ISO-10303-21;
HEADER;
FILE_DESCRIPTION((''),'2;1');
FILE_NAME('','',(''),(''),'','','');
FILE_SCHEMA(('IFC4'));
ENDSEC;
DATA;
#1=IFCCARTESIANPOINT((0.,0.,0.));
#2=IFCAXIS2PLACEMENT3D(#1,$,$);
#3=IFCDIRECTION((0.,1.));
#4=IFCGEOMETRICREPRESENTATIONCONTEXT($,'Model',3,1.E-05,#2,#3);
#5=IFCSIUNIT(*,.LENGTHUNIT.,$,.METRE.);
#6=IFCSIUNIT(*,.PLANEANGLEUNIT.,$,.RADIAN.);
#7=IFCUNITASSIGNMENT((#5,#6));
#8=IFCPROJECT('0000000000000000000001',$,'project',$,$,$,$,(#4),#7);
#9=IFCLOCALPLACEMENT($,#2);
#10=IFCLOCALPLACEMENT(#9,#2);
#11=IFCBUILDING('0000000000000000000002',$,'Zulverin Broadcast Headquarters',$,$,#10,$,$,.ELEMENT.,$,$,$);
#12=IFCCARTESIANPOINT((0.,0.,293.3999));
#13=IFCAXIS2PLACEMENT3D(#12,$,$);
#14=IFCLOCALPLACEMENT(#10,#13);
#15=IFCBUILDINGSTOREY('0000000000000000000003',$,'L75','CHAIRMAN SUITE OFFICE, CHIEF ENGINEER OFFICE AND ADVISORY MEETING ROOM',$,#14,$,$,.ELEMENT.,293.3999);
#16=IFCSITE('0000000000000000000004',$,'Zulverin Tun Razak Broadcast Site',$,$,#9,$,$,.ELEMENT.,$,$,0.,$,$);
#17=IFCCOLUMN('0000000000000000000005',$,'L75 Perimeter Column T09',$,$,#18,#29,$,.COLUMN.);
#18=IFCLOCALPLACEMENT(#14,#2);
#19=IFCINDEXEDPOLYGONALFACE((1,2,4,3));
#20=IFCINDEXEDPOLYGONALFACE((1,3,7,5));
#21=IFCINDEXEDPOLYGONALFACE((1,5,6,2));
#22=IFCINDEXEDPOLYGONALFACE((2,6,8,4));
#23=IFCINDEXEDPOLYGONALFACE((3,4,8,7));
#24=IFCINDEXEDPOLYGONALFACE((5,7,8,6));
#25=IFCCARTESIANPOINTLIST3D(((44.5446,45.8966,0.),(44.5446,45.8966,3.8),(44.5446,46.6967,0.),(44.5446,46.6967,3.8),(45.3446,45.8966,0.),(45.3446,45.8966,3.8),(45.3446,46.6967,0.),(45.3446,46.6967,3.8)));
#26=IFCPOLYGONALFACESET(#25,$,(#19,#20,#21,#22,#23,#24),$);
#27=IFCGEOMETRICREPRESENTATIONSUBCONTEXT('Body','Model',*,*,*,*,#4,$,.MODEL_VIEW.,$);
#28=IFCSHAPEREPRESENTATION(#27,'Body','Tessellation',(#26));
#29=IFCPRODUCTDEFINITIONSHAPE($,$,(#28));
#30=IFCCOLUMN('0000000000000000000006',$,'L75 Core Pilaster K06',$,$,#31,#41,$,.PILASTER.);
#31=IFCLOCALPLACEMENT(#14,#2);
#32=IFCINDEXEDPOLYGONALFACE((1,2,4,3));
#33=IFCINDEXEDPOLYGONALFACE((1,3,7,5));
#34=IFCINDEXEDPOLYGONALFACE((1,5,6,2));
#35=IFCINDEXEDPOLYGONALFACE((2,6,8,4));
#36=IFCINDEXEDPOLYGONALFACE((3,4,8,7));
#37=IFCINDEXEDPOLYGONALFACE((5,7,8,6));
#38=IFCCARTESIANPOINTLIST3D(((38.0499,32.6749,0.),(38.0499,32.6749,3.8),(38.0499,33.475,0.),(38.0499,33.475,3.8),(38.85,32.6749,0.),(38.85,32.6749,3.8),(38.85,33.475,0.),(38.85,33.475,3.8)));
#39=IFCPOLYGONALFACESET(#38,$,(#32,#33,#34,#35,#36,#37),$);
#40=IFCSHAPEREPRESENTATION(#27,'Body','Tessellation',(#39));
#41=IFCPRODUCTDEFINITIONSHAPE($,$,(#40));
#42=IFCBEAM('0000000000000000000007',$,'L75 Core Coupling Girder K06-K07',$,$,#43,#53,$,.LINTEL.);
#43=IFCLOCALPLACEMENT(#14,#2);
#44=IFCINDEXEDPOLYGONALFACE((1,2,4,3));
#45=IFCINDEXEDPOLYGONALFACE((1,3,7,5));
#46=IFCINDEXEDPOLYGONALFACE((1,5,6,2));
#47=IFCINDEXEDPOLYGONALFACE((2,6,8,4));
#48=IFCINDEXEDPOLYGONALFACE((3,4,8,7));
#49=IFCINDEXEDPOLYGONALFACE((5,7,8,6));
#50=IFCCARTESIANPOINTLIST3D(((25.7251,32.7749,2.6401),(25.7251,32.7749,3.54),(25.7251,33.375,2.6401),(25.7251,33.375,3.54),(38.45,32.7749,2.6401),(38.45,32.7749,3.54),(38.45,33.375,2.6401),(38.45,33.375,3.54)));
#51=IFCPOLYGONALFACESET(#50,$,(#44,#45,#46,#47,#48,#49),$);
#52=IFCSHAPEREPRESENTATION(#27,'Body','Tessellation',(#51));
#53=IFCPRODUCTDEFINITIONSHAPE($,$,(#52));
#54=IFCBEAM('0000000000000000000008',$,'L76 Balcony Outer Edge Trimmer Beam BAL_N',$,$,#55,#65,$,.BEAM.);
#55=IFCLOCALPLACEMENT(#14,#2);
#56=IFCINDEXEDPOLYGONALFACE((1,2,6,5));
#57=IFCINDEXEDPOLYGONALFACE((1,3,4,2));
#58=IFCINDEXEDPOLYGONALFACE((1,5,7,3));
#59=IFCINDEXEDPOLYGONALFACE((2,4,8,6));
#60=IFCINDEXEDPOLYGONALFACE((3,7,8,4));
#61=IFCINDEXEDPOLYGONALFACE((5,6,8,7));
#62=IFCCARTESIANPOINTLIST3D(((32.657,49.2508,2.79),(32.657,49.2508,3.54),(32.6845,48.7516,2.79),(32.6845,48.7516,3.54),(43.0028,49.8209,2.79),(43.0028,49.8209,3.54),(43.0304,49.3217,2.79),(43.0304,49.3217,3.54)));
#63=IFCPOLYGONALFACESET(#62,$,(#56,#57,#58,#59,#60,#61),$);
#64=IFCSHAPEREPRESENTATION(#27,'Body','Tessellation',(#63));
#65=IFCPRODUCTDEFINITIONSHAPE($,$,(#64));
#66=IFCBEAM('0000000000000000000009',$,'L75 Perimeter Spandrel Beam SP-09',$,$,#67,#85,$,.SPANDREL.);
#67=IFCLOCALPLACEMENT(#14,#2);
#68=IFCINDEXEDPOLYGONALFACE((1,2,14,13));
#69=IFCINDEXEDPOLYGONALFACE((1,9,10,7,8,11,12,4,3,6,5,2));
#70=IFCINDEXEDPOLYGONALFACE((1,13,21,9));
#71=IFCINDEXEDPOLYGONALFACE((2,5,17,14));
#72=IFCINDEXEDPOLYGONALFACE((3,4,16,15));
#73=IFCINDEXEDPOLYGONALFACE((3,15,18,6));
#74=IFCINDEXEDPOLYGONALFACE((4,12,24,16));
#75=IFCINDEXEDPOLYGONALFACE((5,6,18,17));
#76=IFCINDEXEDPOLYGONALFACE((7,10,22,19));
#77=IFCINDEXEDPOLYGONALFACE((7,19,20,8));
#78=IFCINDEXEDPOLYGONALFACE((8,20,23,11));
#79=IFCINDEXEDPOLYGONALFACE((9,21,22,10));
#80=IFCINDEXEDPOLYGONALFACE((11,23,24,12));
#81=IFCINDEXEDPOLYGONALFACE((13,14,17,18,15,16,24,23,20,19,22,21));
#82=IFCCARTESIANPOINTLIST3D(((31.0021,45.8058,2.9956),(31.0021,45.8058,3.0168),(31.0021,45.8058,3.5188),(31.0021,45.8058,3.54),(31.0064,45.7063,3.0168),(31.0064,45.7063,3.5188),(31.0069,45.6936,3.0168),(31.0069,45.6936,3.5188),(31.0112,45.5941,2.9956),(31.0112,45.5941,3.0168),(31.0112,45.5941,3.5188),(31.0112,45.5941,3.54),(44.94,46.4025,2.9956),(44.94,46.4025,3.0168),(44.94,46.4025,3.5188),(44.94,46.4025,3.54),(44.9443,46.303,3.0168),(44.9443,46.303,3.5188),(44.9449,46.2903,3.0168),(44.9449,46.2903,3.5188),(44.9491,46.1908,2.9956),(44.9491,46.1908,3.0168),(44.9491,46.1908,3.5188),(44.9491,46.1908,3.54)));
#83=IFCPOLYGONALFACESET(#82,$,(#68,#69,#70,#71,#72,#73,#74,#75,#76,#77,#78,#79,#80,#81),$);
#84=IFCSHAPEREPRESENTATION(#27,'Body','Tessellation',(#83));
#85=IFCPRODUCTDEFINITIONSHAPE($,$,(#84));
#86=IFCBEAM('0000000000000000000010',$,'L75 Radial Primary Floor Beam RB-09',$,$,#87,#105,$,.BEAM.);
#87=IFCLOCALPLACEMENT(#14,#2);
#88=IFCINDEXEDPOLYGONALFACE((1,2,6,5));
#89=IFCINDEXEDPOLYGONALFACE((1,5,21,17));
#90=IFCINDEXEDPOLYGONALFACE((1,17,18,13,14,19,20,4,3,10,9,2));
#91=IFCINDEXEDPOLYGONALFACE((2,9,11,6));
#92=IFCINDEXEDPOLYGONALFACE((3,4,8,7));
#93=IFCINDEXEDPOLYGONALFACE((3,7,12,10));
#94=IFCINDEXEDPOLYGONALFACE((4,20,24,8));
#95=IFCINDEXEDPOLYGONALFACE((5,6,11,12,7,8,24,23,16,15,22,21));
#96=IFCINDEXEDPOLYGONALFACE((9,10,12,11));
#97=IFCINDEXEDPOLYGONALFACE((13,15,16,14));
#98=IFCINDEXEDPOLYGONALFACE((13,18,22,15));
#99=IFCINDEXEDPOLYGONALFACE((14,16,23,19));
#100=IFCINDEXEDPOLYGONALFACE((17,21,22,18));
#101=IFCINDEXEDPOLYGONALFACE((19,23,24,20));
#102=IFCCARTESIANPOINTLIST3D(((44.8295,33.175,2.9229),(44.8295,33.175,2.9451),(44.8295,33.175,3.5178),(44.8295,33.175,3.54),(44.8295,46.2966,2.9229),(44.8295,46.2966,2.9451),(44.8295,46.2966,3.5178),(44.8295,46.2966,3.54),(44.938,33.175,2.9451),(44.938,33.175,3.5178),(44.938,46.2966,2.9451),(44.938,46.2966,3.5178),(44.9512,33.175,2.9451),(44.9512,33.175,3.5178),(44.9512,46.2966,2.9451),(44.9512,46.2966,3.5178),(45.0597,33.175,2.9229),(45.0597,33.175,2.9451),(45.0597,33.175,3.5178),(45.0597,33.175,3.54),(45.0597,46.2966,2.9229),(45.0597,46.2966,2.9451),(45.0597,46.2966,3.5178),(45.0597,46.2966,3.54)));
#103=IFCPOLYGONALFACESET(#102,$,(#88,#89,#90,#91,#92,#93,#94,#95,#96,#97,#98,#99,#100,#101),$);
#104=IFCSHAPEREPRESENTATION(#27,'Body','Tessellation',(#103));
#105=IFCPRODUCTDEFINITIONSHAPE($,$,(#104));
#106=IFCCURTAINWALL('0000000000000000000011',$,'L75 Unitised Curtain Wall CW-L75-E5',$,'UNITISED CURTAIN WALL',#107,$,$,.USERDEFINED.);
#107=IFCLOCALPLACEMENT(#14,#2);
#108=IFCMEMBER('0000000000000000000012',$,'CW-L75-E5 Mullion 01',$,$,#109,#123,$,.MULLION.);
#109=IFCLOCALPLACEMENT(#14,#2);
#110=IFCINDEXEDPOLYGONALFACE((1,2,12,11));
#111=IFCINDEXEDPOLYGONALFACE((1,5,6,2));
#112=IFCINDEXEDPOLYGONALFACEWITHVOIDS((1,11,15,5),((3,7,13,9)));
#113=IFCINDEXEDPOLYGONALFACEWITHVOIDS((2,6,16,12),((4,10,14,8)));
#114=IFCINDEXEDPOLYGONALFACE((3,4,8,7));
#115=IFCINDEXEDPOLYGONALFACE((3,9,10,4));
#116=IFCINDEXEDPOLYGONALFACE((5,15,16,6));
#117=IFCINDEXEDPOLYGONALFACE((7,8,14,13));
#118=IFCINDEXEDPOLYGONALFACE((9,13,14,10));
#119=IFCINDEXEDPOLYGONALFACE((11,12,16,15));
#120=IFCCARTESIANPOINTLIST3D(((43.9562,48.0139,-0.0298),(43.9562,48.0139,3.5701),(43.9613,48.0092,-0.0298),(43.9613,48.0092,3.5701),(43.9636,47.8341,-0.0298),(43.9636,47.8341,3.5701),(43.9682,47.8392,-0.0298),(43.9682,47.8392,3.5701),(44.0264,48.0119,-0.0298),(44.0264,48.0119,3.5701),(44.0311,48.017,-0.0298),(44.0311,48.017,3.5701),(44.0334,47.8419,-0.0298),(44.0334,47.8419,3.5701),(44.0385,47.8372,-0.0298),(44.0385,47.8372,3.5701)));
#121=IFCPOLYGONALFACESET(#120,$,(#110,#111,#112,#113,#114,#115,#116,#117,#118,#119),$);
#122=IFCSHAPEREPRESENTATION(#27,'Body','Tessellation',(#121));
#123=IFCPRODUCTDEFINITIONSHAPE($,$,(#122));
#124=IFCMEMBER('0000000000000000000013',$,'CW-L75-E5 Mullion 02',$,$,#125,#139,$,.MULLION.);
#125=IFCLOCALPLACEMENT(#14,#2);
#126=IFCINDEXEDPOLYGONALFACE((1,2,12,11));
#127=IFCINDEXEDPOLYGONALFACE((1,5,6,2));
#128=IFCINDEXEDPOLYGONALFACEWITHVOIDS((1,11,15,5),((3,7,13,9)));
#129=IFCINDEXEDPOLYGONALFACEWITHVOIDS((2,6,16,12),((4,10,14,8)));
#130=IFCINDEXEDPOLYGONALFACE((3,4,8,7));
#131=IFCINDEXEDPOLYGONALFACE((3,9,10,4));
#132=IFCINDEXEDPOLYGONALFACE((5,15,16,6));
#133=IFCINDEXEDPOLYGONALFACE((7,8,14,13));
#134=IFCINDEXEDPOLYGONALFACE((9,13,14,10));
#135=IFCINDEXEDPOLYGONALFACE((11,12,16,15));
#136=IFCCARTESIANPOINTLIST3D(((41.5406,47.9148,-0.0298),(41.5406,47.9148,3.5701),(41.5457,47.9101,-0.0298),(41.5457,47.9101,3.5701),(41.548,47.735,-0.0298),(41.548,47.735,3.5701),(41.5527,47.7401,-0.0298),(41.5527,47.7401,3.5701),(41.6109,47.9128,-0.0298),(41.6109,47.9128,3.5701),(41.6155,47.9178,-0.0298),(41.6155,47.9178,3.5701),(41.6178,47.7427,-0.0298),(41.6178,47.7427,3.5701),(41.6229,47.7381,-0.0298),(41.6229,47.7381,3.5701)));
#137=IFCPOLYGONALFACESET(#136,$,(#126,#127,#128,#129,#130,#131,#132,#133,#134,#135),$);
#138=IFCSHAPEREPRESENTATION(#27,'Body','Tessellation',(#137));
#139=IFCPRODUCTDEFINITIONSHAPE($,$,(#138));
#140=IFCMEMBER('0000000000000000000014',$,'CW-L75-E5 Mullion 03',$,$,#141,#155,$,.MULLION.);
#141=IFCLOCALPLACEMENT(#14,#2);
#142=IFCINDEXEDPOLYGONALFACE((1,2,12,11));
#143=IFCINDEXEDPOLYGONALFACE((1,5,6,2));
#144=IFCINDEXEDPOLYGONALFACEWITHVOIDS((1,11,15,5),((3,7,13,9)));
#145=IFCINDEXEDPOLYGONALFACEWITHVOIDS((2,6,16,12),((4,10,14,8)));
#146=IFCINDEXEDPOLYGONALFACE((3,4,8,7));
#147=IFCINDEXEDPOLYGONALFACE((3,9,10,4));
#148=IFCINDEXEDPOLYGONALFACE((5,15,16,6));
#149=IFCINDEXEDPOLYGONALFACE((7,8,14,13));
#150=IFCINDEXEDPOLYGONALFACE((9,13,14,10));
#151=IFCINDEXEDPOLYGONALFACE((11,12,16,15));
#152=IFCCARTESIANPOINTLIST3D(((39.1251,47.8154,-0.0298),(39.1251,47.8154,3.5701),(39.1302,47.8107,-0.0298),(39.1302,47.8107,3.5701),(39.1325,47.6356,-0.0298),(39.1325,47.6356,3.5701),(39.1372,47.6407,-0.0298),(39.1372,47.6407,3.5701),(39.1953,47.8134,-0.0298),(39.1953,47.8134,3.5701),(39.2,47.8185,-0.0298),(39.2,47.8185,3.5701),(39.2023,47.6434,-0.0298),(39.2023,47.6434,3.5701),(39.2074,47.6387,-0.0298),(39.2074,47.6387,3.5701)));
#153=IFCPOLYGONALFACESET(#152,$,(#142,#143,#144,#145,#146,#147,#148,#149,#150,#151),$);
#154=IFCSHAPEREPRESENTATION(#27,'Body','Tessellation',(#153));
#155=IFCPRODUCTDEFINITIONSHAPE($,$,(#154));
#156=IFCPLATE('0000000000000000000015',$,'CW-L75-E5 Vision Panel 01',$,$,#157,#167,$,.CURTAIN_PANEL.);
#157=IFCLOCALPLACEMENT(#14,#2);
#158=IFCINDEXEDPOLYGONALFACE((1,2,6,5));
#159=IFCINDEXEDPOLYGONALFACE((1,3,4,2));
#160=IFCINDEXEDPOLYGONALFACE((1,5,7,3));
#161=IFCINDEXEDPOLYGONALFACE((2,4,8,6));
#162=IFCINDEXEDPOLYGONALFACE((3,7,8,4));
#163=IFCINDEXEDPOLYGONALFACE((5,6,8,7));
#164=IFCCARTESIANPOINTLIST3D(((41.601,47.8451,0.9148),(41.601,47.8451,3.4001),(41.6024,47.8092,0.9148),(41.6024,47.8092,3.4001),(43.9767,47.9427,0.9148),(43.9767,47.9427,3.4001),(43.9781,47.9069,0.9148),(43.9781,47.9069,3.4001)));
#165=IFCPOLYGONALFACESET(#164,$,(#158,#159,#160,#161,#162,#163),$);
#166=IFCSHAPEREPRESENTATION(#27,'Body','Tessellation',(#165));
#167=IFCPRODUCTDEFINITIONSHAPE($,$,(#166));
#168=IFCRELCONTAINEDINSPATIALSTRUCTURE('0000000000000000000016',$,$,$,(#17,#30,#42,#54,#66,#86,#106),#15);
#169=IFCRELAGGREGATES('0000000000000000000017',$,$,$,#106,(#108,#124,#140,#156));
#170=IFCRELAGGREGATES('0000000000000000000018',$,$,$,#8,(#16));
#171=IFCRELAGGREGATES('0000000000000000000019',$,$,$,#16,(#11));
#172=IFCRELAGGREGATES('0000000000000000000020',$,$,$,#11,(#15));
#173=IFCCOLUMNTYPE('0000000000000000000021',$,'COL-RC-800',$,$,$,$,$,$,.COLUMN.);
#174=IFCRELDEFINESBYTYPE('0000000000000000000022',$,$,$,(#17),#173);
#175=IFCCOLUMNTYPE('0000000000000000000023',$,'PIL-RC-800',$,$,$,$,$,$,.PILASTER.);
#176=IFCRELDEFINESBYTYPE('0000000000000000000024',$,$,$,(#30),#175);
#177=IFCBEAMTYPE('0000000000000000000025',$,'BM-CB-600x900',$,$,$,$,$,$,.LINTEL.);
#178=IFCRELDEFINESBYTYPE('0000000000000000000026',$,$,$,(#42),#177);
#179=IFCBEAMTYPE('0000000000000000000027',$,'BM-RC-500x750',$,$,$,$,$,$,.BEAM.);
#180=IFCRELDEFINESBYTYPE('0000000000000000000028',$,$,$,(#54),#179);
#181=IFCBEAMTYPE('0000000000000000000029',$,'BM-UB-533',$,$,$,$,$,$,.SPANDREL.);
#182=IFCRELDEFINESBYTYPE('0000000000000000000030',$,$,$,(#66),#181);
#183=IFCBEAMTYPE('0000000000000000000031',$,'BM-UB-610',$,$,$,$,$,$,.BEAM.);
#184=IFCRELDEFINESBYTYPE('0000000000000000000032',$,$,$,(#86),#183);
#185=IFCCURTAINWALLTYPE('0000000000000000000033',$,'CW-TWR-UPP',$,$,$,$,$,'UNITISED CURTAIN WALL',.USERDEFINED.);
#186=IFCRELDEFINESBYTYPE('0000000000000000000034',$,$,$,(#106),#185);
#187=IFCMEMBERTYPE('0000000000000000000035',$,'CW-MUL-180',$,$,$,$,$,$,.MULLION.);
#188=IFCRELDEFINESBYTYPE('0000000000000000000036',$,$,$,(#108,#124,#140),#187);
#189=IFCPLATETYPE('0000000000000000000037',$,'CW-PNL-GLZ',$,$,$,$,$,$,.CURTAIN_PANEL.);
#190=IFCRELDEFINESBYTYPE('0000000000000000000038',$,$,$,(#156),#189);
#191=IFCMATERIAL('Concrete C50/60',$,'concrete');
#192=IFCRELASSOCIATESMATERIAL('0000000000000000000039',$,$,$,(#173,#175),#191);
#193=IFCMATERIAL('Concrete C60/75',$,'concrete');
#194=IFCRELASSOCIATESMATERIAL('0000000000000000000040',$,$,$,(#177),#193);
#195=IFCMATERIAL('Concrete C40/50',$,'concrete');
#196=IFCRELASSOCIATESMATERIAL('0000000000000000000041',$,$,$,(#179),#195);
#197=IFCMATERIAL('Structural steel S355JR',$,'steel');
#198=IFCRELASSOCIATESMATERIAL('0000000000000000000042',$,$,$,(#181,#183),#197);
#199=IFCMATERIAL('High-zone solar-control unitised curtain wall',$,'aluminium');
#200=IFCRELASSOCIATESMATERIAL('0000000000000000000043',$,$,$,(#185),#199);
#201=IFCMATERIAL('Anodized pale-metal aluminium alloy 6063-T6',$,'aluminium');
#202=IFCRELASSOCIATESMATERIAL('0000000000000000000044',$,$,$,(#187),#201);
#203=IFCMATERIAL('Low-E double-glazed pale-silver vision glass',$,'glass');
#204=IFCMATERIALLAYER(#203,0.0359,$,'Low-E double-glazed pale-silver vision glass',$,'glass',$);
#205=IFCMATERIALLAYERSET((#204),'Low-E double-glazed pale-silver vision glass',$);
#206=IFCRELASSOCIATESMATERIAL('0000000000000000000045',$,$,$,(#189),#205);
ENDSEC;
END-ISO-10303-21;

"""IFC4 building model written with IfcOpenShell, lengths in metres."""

from ifc_helpers import new_model, si_unit, direction, frame, origin, origin_2d, place, context, subcontext, project, spatial, rectangle, hollow_rectangle, i_section, extrude, material, layer, layer_set, material_profile, profile_set, type_object, element, aggregate, save


model = new_model("IFC4")

# Units and contexts
model_context = context("Model", 3, precision=1e-05, world=origin(), true_north=direction((0.0, 1.0)))
body_context = subcontext(model_context, "Body", "Model", "MODEL_VIEW")
ifc_project = project(units=[si_unit("LENGTHUNIT", "METRE"), si_unit("PLANEANGLEUNIT", "RADIAN")], contexts=[model_context])

# Site, building, storey
site_placement = place(None, origin())
site = spatial("IfcSite", under=ifc_project, at=site_placement, Name="Zulverin Tun Razak Broadcast Site", CompositionType="ELEMENT", RefElevation=0.0)
building_placement = place(site_placement, origin())
building = spatial("IfcBuilding", under=site, at=building_placement, Name="Zulverin Broadcast Headquarters", CompositionType="ELEMENT")
storey_placement = place(building_placement, frame((0.0, 0.0, 293.3999)))
storey = spatial("IfcBuildingStorey", under=building, at=storey_placement, Name="L75", Description="CHAIRMAN SUITE OFFICE, CHIEF ENGINEER OFFICE AND ADVISORY MEETING ROOM", CompositionType="ELEMENT", Elevation=293.3999)

# Columns
ifc_material_1 = material(Name="Concrete C50/60", Category="concrete")
ifc_material_profile_1 = material_profile(ifc_material_1, rectangle(XDim=0.8, YDim=0.8, at=origin_2d()), Name="Concrete C50/60", Category="concrete")
ifc_profile_set_1 = profile_set([ifc_material_profile_1], Name="Concrete C50/60")
column_type_1 = type_object("IfcColumnType", Name="COL-RC-800", PredefinedType="COLUMN", material=ifc_profile_set_1)
column_1_placement = place(storey_placement, frame((44.9446, 46.2966, 0.0), z_axis=(0.0, 0.0, 1.0), x_axis=(1.0, 0.0, 0.0)))
element("IfcColumn", 1, at=column_1_placement, inside=storey, type_object=column_type_1, Name="L75 Perimeter Column T09", PredefinedType="COLUMN", context=body_context, shape_type="SweptSolid", body=[
    extrude(rectangle(XDim=0.8, YDim=0.8, at=origin_2d()), origin(), (0.0, 0.0, 1.0), 3.8),
])
ifc_material_profile_2 = material_profile(ifc_material_1, rectangle(XDim=0.8, YDim=0.8, at=origin_2d()), Name="Concrete C50/60", Category="concrete")
ifc_profile_set_2 = profile_set([ifc_material_profile_2], Name="Concrete C50/60")
column_type_2 = type_object("IfcColumnType", Name="PIL-RC-800", PredefinedType="PILASTER", material=ifc_profile_set_2)
column_2_placement = place(storey_placement, frame((38.45, 33.075, 0.0), z_axis=(0.0, 0.0, 1.0), x_axis=(1.0, 0.0, 0.0)))
element("IfcColumn", 2, at=column_2_placement, inside=storey, type_object=column_type_2, Name="L75 Core Pilaster K06", PredefinedType="PILASTER", context=body_context, shape_type="SweptSolid", body=[
    extrude(rectangle(XDim=0.8, YDim=0.8, at=origin_2d()), origin(), (0.0, 0.0, 1.0), 3.8),
])

# Beams
ifc_material_2 = material(Name="Concrete C60/75", Category="concrete")
ifc_material_profile_3 = material_profile(ifc_material_2, rectangle(XDim=0.6001, YDim=0.8999, at=origin_2d()), Name="Concrete C60/75", Category="concrete")
ifc_profile_set_3 = profile_set([ifc_material_profile_3], Name="Concrete C60/75")
beam_type_1 = type_object("IfcBeamType", Name="BM-CB-600x900", PredefinedType="LINTEL", material=ifc_profile_set_3)
beam_1_placement = place(storey_placement, frame((38.45, 33.075, 3.0901), z_axis=(-1.0, 0.0, 0.0), x_axis=(0.0, -1.0, 0.0)))
element("IfcBeam", 3, at=beam_1_placement, inside=storey, type_object=beam_type_1, Name="L75 Core Coupling Girder K06-K07", PredefinedType="LINTEL", context=body_context, shape_type="SweptSolid", body=[
    extrude(rectangle(XDim=0.6001, YDim=0.8999, at=origin_2d()), origin(), (0.0, 0.0, 1.0), 12.7249),
])
ifc_material_3 = material(Name="Concrete C40/50", Category="concrete")
ifc_material_profile_4 = material_profile(ifc_material_3, rectangle(XDim=0.5, YDim=0.75, at=origin_2d()), Name="Concrete C40/50", Category="concrete")
ifc_profile_set_4 = profile_set([ifc_material_profile_4], Name="Concrete C40/50")
beam_type_2 = type_object("IfcBeamType", Name="BM-RC-500x750", PredefinedType="BEAM", material=ifc_profile_set_4)
beam_2_placement = place(storey_placement, frame((43.0166, 49.5713, 3.165), z_axis=(-0.998485, -0.055017, 0.0), x_axis=(0.055017, -0.998485, 0.0)))
element("IfcBeam", 4, at=beam_2_placement, inside=storey, type_object=beam_type_2, Name="L76 Balcony Outer Edge Trimmer Beam BAL_N", PredefinedType="BEAM", context=body_context, shape_type="SweptSolid", body=[
    extrude(rectangle(XDim=0.5, YDim=0.75, at=origin_2d()), origin(), (0.0, 0.0, 1.0), 10.3616),
])
ifc_material_4 = material(Name="Structural steel S355JR", Category="steel")
ifc_material_profile_5 = material_profile(ifc_material_4, i_section(OverallWidth=0.2119, OverallDepth=0.5444, WebThickness=0.0127, FlangeThickness=0.0212, at=origin_2d()), Name="Structural steel S355JR", Category="steel")
ifc_profile_set_5 = profile_set([ifc_material_profile_5], Name="Structural steel S355JR")
beam_type_3 = type_object("IfcBeamType", Name="BM-UB-533", PredefinedType="SPANDREL", material=ifc_profile_set_5)
beam_3_placement = place(storey_placement, frame((44.9446, 46.2966, 3.2678), z_axis=(-0.999085, -0.04277, 0.0), x_axis=(0.04277, -0.999085, 0.0)))
element("IfcBeam", 5, at=beam_3_placement, inside=storey, type_object=beam_type_3, Name="L75 Perimeter Spandrel Beam SP-09", PredefinedType="SPANDREL", context=body_context, shape_type="SweptSolid", body=[
    extrude(i_section(OverallWidth=0.2119, OverallDepth=0.5444, WebThickness=0.0127, FlangeThickness=0.0212, at=origin_2d()), origin(), (0.0, 0.0, 1.0), 13.9507),
])
ifc_material_profile_6 = material_profile(ifc_material_4, i_section(OverallWidth=0.2302, OverallDepth=0.6172, WebThickness=0.0132, FlangeThickness=0.0222, at=origin_2d()), Name="Structural steel S355JR", Category="steel")
ifc_profile_set_6 = profile_set([ifc_material_profile_6], Name="Structural steel S355JR")
beam_type_4 = type_object("IfcBeamType", Name="BM-UB-610", PredefinedType="BEAM", material=ifc_profile_set_6)
beam_4_placement = place(storey_placement, frame((44.9446, 33.175, 3.2314), z_axis=(0.0, 1.0, 0.0), x_axis=(-1.0, 0.0, 0.0)))
element("IfcBeam", 6, at=beam_4_placement, inside=storey, type_object=beam_type_4, Name="L75 Radial Primary Floor Beam RB-09", PredefinedType="BEAM", context=body_context, shape_type="SweptSolid", body=[
    extrude(i_section(OverallWidth=0.2302, OverallDepth=0.6172, WebThickness=0.0132, FlangeThickness=0.0222, at=origin_2d()), origin(), (0.0, 0.0, 1.0), 13.1216),
])

# Curtain wall, members, plate
ifc_material_5 = material(Name="High-zone solar-control unitised curtain wall", Category="aluminium")
curtain_wall_type = type_object("IfcCurtainWallType", Name="CW-TWR-UPP", ElementType="UNITISED CURTAIN WALL", PredefinedType="USERDEFINED", material=ifc_material_5)
curtain_wall_placement = place(storey_placement, origin())
curtain_wall = element("IfcCurtainWall", 7, at=curtain_wall_placement, inside=storey, type_object=curtain_wall_type, Name="L75 Unitised Curtain Wall CW-L75-E5", ObjectType="UNITISED CURTAIN WALL", PredefinedType="USERDEFINED")
ifc_material_6 = material(Name="Anodized pale-metal aluminium alloy 6063-T6", Category="aluminium")
ifc_material_profile_7 = material_profile(ifc_material_6, hollow_rectangle(XDim=0.075, YDim=0.1799, WallThickness=0.0049, at=origin_2d()), Name="Anodized pale-metal aluminium alloy 6063-T6", Category="aluminium")
ifc_profile_set_7 = profile_set([ifc_material_profile_7], Name="Anodized pale-metal aluminium alloy 6063-T6")
member_type = type_object("IfcMemberType", Name="CW-MUL-180", PredefinedType="MULLION", material=ifc_profile_set_7)
member_1_placement = place(storey_placement, frame((43.9973, 47.9255, -0.0298), z_axis=(0.0, 0.0, 1.0), x_axis=(-0.999156, -0.041068, 0.0)))
member_1 = element("IfcMember", 8, at=member_1_placement, type_object=member_type, Name="CW-L75-E5 Mullion 01", PredefinedType="MULLION", context=body_context, shape_type="SweptSolid", body=[
    extrude(hollow_rectangle(XDim=0.075, YDim=0.1799, WallThickness=0.0049, at=origin_2d()), origin(), (0.0, 0.0, 1.0), 3.5999),
])
member_2_placement = place(storey_placement, frame((41.5818, 47.8264, -0.0298), z_axis=(0.0, 0.0, 1.0), x_axis=(-0.999156, -0.041068, 0.0)))
member_2 = element("IfcMember", 9, at=member_2_placement, type_object=member_type, Name="CW-L75-E5 Mullion 02", PredefinedType="MULLION", context=body_context, shape_type="SweptSolid", body=[
    extrude(hollow_rectangle(XDim=0.075, YDim=0.1799, WallThickness=0.0049, at=origin_2d()), origin(), (0.0, 0.0, 1.0), 3.5999),
])
member_3_placement = place(storey_placement, frame((39.1663, 47.7271, -0.0298), z_axis=(0.0, 0.0, 1.0), x_axis=(-0.999156, -0.041068, 0.0)))
member_3 = element("IfcMember", 10, at=member_3_placement, type_object=member_type, Name="CW-L75-E5 Mullion 03", PredefinedType="MULLION", context=body_context, shape_type="SweptSolid", body=[
    extrude(hollow_rectangle(XDim=0.075, YDim=0.1799, WallThickness=0.0049, at=origin_2d()), origin(), (0.0, 0.0, 1.0), 3.5999),
])
ifc_material_7 = material(Name="Low-E double-glazed pale-silver vision glass", Category="glass")
ifc_layer_1 = layer(ifc_material_7, 0.0359, Name="Low-E double-glazed pale-silver vision glass", Category="glass")
ifc_layer_set_1 = layer_set([ifc_layer_1], Name="Low-E double-glazed pale-silver vision glass")
plate_type_1 = type_object("IfcPlateType", Name="CW-PNL-GLZ", PredefinedType="CURTAIN_PANEL", material=ifc_layer_set_1)
plate_1_placement = place(storey_placement, frame((42.7896, 47.876, 0.9148), z_axis=(0.0, 0.0, 1.0), x_axis=(-0.999156, -0.041068, 0.0)))
plate_1 = element("IfcPlate", 11, at=plate_1_placement, type_object=plate_type_1, Name="CW-L75-E5 Vision Panel 01", PredefinedType="CURTAIN_PANEL", context=body_context, shape_type="SweptSolid", body=[
    extrude(rectangle(XDim=2.3777, YDim=0.0359, at=origin_2d()), origin(), (0.0, 0.0, 1.0), 2.4854),
])
aggregate(curtain_wall, [member_1, member_2, member_3, plate_1])

save(model, "model.ifc")
